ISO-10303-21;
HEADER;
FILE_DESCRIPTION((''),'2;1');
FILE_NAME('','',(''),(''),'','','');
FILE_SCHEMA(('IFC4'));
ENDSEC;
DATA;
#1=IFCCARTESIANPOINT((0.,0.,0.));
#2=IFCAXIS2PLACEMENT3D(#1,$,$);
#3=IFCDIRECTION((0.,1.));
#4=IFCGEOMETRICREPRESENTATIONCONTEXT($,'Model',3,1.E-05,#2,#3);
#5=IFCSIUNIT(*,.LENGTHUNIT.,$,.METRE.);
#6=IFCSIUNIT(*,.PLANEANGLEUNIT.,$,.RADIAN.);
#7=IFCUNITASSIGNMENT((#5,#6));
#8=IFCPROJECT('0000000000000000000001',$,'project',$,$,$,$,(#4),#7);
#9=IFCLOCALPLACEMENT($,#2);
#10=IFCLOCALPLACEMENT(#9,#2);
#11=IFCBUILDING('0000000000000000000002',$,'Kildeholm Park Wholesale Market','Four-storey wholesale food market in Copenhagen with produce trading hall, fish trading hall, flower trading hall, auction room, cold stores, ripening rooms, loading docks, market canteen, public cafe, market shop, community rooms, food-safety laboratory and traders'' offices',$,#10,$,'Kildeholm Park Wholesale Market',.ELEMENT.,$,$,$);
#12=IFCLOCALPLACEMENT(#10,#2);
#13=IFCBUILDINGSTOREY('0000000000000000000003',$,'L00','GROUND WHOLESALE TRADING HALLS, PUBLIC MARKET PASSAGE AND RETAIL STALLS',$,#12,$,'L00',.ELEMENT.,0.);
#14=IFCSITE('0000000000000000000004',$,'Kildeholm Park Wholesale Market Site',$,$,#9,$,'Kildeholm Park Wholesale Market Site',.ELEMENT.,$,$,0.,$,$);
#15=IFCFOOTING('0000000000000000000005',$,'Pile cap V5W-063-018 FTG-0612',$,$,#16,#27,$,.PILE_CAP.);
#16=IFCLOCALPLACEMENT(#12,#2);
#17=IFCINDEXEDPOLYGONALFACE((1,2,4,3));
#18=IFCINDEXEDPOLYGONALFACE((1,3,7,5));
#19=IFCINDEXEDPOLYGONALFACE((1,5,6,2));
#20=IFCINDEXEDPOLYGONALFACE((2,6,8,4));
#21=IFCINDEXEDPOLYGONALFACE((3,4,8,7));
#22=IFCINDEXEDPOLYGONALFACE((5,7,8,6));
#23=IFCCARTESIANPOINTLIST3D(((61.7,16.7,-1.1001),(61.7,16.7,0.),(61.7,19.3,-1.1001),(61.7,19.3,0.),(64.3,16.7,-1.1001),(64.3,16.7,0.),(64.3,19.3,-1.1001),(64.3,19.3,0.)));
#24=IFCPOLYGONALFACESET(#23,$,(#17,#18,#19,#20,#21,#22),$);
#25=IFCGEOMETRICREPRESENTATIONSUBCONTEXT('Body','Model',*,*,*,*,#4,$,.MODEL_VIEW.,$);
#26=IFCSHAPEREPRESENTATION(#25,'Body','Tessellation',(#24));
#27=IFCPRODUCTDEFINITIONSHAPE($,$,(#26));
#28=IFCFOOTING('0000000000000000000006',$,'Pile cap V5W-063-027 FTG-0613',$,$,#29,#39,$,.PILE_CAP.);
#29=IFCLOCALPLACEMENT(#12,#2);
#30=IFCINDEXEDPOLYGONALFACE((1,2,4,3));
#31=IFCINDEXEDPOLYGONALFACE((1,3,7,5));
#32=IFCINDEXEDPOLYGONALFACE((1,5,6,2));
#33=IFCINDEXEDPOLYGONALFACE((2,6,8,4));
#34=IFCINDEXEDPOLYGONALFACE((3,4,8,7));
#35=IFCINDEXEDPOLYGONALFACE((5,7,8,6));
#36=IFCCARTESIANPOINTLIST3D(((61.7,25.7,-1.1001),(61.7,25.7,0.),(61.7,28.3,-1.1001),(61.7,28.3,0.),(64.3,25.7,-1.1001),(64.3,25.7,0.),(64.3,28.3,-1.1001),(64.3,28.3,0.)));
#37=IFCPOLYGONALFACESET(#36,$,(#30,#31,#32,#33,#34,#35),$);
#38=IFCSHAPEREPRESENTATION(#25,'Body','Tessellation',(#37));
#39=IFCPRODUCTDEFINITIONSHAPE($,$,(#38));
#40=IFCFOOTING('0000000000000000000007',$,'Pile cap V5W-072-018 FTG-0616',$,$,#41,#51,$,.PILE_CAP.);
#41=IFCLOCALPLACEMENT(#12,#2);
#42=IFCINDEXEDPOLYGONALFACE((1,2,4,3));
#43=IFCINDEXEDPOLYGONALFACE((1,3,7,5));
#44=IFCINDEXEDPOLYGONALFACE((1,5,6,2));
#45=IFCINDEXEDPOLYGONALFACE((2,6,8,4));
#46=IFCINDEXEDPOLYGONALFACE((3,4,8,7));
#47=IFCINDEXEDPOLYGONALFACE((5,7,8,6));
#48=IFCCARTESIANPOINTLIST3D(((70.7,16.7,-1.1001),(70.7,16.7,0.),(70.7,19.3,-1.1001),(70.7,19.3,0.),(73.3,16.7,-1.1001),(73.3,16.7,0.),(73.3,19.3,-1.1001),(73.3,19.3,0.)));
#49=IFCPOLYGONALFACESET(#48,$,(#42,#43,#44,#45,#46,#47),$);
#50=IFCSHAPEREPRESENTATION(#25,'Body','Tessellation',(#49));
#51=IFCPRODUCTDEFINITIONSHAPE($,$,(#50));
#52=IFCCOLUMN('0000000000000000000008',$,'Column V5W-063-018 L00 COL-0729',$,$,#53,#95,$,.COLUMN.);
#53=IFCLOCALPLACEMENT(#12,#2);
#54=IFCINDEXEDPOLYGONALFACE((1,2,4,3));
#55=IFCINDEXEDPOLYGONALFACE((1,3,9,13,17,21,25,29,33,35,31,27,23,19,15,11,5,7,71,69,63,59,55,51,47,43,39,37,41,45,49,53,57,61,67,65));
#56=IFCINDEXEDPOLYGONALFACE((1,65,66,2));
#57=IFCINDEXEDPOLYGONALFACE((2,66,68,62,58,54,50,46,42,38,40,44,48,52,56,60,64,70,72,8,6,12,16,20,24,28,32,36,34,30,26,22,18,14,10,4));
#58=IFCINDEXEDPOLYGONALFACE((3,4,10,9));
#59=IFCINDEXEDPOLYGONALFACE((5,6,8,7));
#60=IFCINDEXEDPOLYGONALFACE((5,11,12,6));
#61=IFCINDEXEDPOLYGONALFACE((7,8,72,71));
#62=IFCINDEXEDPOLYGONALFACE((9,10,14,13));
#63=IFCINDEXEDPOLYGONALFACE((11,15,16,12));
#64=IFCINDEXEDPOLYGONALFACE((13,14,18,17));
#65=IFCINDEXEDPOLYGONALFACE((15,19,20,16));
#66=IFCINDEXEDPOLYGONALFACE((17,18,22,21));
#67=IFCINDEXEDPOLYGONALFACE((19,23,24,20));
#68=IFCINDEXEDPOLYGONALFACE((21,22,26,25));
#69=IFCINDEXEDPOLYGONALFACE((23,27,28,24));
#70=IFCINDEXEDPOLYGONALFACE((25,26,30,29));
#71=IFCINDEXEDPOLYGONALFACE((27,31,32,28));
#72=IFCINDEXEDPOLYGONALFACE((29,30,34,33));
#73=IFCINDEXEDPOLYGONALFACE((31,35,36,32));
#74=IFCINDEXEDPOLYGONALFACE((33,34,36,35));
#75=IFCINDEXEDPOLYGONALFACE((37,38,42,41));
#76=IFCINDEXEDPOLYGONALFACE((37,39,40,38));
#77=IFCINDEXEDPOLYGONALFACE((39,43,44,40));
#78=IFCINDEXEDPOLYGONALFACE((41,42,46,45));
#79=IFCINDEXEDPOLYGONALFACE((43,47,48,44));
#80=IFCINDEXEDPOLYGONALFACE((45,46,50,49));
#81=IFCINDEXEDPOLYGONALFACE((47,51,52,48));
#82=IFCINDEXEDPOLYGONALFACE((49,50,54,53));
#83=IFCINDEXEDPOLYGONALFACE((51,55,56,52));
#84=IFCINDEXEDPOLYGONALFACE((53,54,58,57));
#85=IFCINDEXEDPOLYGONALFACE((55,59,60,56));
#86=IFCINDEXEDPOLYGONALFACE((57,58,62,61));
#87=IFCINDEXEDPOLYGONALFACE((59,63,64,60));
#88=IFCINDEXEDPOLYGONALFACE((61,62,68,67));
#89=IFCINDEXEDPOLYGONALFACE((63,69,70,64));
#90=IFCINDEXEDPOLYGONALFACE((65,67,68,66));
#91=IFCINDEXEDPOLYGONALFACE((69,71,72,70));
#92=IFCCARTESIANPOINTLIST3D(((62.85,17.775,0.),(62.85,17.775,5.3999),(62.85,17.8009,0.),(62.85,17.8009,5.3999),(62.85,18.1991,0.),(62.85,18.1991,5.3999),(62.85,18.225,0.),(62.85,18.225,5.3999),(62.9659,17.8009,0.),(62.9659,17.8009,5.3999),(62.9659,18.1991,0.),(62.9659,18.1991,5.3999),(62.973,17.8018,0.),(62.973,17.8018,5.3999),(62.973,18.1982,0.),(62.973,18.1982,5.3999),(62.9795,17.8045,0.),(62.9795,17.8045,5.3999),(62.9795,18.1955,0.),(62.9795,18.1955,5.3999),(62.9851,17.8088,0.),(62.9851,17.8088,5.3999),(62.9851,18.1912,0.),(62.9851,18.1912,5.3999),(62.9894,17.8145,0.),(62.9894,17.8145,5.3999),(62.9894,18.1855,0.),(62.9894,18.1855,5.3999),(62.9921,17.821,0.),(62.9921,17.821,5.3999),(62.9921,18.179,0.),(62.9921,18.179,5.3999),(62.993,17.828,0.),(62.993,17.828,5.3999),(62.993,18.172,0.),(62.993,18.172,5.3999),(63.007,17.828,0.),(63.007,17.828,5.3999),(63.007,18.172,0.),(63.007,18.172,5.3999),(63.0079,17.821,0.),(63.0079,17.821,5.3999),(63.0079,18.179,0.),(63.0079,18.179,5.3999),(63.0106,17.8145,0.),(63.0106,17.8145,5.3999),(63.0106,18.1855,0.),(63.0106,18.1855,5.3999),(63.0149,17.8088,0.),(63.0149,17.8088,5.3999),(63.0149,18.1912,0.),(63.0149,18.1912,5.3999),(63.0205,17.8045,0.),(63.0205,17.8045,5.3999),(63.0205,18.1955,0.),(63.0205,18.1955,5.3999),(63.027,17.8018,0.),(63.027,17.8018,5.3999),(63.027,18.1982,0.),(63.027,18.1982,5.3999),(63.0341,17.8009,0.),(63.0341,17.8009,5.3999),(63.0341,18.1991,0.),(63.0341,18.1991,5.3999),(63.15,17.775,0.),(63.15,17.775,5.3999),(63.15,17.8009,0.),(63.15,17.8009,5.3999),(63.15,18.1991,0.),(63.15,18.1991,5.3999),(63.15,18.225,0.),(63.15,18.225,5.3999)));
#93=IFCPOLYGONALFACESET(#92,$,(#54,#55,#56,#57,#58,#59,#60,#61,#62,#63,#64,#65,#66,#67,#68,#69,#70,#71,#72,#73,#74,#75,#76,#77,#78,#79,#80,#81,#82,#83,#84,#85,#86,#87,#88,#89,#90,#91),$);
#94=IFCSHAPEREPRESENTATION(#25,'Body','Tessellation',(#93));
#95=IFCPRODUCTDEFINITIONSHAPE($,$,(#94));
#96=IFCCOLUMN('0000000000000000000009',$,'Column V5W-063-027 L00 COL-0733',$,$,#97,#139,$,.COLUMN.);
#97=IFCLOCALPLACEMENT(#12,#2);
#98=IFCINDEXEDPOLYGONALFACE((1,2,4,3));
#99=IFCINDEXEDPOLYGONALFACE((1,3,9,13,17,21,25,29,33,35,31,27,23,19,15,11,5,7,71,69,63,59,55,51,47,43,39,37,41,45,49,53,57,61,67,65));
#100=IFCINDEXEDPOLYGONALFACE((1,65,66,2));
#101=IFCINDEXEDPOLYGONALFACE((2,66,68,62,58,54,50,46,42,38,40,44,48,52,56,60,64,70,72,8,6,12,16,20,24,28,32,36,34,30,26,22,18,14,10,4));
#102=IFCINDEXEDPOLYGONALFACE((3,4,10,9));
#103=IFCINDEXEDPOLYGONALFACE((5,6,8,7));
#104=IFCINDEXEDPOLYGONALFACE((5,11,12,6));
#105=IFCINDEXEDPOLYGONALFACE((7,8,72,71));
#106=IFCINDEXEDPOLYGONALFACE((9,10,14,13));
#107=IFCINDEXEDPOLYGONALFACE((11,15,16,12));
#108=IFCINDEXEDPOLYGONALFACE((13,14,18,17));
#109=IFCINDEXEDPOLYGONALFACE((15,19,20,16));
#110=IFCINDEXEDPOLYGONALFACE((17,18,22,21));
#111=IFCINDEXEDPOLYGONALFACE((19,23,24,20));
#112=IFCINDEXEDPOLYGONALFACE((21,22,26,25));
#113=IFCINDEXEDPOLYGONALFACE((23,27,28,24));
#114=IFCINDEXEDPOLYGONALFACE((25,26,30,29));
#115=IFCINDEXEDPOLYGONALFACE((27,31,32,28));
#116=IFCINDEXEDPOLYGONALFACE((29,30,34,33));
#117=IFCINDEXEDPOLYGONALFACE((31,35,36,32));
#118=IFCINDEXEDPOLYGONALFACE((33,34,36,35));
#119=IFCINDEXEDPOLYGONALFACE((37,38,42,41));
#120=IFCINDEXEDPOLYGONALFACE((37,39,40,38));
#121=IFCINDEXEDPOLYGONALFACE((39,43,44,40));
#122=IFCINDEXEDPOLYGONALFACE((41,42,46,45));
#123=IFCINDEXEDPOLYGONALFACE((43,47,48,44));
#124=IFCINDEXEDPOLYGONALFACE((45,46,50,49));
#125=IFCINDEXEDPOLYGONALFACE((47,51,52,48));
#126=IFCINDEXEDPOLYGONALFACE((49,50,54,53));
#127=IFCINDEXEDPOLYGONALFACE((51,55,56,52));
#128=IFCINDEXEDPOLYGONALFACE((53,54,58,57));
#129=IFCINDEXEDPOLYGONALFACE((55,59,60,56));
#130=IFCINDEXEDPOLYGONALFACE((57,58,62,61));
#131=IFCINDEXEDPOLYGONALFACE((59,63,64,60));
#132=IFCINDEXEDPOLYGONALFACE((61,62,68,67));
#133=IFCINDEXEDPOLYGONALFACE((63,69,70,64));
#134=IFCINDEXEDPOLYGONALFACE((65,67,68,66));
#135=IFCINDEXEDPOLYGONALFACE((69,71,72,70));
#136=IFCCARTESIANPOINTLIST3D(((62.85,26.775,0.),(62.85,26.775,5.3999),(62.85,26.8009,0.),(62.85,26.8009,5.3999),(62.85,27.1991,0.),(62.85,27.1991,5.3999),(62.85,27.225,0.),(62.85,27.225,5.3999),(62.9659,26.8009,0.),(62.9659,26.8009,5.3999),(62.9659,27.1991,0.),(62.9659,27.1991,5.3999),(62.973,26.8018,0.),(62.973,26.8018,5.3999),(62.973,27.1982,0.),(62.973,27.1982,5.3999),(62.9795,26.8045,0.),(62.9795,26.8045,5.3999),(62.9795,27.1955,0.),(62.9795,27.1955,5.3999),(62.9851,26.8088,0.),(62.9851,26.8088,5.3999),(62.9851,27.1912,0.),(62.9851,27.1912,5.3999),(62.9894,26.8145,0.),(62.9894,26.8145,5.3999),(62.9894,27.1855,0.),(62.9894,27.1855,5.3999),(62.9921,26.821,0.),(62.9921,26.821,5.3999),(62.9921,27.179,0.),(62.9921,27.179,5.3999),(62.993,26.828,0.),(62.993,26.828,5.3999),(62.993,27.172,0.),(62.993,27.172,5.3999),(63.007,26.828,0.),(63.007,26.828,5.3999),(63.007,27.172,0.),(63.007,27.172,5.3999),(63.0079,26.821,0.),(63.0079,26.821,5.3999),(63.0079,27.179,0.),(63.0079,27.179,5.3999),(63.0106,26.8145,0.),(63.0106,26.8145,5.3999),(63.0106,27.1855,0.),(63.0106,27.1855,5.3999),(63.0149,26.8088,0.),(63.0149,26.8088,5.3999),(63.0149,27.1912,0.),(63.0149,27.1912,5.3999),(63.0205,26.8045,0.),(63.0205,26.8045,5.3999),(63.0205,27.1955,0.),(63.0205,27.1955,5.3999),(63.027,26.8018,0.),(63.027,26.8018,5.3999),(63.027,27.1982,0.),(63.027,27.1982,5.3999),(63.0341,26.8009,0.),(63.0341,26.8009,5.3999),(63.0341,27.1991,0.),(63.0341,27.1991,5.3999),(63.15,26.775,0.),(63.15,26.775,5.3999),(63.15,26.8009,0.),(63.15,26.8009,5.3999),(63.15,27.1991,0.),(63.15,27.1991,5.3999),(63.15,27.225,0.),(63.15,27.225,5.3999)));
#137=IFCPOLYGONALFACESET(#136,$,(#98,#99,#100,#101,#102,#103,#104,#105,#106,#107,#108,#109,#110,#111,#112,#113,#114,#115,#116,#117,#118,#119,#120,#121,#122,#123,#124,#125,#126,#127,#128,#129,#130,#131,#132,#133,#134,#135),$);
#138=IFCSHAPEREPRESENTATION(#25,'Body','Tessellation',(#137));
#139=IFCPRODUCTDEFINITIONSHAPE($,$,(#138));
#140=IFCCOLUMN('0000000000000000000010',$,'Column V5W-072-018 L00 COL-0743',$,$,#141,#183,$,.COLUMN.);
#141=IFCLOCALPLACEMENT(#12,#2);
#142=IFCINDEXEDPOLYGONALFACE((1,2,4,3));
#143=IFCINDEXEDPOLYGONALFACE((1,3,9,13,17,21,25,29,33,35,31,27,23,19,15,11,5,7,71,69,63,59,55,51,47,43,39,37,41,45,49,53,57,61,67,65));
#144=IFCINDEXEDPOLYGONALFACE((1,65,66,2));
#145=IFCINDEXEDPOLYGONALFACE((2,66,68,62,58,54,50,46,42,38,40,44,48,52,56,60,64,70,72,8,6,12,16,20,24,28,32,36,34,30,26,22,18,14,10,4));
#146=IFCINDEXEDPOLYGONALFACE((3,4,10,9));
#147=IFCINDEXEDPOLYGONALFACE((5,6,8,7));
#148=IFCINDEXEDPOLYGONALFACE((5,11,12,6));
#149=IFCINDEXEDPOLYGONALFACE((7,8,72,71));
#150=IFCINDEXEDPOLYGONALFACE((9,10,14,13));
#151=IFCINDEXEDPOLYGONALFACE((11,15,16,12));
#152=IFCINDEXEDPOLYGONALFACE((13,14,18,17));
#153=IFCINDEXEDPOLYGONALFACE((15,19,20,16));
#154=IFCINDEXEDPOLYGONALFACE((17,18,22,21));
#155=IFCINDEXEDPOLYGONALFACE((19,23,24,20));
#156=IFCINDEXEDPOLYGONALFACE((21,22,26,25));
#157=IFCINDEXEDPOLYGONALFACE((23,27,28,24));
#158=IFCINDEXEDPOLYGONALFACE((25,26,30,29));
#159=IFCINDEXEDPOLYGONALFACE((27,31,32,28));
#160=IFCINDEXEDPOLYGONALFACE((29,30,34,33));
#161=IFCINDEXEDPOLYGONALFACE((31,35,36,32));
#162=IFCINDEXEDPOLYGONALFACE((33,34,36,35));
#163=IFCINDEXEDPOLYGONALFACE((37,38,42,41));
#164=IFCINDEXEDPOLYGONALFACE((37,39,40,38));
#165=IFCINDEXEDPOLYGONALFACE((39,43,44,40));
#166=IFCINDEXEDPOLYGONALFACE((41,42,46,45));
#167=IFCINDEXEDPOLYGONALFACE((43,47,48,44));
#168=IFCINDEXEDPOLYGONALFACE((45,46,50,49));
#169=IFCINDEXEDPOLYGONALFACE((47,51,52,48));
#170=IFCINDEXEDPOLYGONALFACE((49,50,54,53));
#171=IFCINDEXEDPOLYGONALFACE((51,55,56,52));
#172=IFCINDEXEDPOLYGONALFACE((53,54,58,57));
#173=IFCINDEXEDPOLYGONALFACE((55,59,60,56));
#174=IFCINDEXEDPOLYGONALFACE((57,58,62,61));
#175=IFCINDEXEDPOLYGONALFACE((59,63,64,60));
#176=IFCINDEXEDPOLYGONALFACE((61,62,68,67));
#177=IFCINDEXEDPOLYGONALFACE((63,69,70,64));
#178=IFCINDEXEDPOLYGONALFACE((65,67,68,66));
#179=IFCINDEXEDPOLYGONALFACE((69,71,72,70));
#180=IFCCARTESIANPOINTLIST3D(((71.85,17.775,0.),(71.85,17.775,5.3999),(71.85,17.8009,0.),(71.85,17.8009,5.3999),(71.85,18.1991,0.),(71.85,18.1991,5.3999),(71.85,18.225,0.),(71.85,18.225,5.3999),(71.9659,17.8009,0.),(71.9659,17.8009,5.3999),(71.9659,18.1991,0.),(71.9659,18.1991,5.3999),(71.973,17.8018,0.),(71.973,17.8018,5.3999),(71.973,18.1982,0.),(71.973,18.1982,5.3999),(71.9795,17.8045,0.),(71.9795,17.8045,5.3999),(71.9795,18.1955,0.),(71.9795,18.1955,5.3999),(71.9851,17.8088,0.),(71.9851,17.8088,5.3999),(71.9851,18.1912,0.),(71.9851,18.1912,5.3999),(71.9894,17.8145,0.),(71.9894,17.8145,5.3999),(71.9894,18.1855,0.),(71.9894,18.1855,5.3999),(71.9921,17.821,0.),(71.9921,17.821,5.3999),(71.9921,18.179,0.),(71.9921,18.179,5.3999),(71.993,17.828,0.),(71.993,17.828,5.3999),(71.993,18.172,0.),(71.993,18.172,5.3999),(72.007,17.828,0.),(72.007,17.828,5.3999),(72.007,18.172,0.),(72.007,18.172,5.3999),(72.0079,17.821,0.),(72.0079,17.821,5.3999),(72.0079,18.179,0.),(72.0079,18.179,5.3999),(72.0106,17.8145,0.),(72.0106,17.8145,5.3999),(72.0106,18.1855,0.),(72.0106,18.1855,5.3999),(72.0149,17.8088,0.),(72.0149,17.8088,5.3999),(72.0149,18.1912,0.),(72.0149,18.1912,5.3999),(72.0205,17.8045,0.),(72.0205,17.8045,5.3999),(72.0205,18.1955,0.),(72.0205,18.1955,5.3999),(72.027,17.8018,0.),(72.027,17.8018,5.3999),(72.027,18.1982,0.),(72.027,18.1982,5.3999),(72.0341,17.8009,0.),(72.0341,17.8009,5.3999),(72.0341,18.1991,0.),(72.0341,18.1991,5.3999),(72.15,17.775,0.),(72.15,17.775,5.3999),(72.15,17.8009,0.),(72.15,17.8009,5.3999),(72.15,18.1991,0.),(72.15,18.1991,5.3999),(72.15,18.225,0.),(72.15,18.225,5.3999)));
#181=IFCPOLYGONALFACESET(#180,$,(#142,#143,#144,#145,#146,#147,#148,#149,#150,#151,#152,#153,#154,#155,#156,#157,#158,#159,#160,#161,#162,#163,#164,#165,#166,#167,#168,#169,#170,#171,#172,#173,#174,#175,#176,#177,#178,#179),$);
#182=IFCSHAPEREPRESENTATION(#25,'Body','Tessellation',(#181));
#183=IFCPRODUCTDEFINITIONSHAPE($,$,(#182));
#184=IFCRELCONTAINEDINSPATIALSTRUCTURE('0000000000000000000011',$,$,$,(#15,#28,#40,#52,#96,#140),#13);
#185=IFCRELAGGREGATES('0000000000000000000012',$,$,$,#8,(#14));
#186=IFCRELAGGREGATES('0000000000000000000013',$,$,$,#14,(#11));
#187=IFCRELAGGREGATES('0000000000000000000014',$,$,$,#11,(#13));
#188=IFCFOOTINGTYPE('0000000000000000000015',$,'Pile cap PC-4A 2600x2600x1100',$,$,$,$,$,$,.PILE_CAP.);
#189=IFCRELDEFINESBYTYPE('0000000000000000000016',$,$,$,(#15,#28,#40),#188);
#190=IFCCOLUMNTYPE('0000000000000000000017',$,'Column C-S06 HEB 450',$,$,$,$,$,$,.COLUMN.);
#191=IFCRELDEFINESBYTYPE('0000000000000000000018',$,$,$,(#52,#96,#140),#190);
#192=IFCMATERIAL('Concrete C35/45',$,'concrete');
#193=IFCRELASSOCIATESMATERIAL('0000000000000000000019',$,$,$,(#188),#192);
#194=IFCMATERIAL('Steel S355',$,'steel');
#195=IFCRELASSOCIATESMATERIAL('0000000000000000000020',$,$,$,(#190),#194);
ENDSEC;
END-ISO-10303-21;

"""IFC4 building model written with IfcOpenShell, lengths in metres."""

from ifc_helpers import new_model, si_unit, direction, frame, origin, origin_2d, place, context, subcontext, project, spatial, rectangle, i_section, extrude, material, material_profile, profile_set, type_object, element, save


model = new_model("IFC4")

# Units and contexts
model_context = context("Model", 3, precision=1e-05, world=origin(), true_north=direction((0.0, 1.0)))
body_context = subcontext(model_context, "Body", "Model", "MODEL_VIEW")
ifc_project = project(units=[si_unit("LENGTHUNIT", "METRE"), si_unit("PLANEANGLEUNIT", "RADIAN")], contexts=[model_context])

# Site, building, storey
site_placement = place(None, origin())
site = spatial("IfcSite", under=ifc_project, at=site_placement, Name="Kildeholm Park Wholesale Market Site", LongName="Kildeholm Park Wholesale Market Site", CompositionType="ELEMENT", RefElevation=0.0)
building_placement = place(site_placement, origin())
building = spatial("IfcBuilding", under=site, at=building_placement, Name="Kildeholm Park Wholesale Market", Description="Four-storey wholesale food market in Copenhagen with produce trading hall, fish trading hall, flower trading hall, auction room, cold stores, ripening rooms, loading docks, market canteen, public cafe, market shop, community rooms, food-safety laboratory and traders' offices", LongName="Kildeholm Park Wholesale Market", CompositionType="ELEMENT")
storey_placement = place(building_placement, origin())
storey = spatial("IfcBuildingStorey", under=building, at=storey_placement, Name="L00", Description="GROUND WHOLESALE TRADING HALLS, PUBLIC MARKET PASSAGE AND RETAIL STALLS", LongName="L00", CompositionType="ELEMENT", Elevation=0.0)

# Shared definitions
ifc_material_1 = material(Name="Concrete C35/45", Category="concrete")

# Footings
footing_type_1 = type_object("IfcFootingType", Name="Pile cap PC-4A 2600x2600x1100", PredefinedType="PILE_CAP", material=ifc_material_1)
for number, where, z_axis, x_axis, name in (
    (1, (63.0, 18.0, -1.1001), (0.0, 0.0, 1.0), (1.0, 0.0, 0.0), "Pile cap V5W-063-018 FTG-0612"),
    (2, (63.0, 27.0, -1.1001), (0.0, 0.0, 1.0), (1.0, 0.0, 0.0), "Pile cap V5W-063-027 FTG-0613"),
    (3, (72.0, 18.0, -1.1001), (0.0, 0.0, 1.0), (1.0, 0.0, 0.0), "Pile cap V5W-072-018 FTG-0616"),
):
    element("IfcFooting", number, at=place(storey_placement, frame(where, z_axis=z_axis, x_axis=x_axis)), inside=storey, type_object=footing_type_1, Name=name, PredefinedType="PILE_CAP", context=body_context, shape_type="SweptSolid", body=[
        extrude(rectangle(XDim=2.6001, YDim=2.6001, at=origin_2d()), origin(), (0.0, 0.0, 1.0), 1.1001),
    ])

# Columns
ifc_material_2 = material(Name="Steel S355", Category="steel")
ifc_material_profile_1 = material_profile(ifc_material_2, i_section(OverallWidth=0.3, OverallDepth=0.45, WebThickness=0.0139, FlangeThickness=0.0259, FilletRadius=0.0271, at=origin_2d()), Name="HEB 450")
ifc_profile_set_1 = profile_set([ifc_material_profile_1], Name="Steel S355")
column_type = type_object("IfcColumnType", Name="Column C-S06 HEB 450", PredefinedType="COLUMN", material=ifc_profile_set_1)
for number, where, z_axis, x_axis, name in (
    (4, (63.0, 18.0, 0.0), (0.0, 0.0, 1.0), (1.0, 0.0, 0.0), "Column V5W-063-018 L00 COL-0729"),
    (5, (63.0, 27.0, 0.0), (0.0, 0.0, 1.0), (1.0, 0.0, 0.0), "Column V5W-063-027 L00 COL-0733"),
    (6, (72.0, 18.0, 0.0), (0.0, 0.0, 1.0), (1.0, 0.0, 0.0), "Column V5W-072-018 L00 COL-0743"),
):
    element("IfcColumn", number, at=place(storey_placement, frame(where, z_axis=z_axis, x_axis=x_axis)), inside=storey, type_object=column_type, Name=name, PredefinedType="COLUMN", context=body_context, shape_type="SweptSolid", body=[
        extrude(i_section(OverallWidth=0.3, OverallDepth=0.45, WebThickness=0.0139, FlangeThickness=0.0259, FilletRadius=0.0271, at=origin_2d()), origin(), (0.0, 0.0, 1.0), 5.3999),
    ])

save(model, "model.ifc")
